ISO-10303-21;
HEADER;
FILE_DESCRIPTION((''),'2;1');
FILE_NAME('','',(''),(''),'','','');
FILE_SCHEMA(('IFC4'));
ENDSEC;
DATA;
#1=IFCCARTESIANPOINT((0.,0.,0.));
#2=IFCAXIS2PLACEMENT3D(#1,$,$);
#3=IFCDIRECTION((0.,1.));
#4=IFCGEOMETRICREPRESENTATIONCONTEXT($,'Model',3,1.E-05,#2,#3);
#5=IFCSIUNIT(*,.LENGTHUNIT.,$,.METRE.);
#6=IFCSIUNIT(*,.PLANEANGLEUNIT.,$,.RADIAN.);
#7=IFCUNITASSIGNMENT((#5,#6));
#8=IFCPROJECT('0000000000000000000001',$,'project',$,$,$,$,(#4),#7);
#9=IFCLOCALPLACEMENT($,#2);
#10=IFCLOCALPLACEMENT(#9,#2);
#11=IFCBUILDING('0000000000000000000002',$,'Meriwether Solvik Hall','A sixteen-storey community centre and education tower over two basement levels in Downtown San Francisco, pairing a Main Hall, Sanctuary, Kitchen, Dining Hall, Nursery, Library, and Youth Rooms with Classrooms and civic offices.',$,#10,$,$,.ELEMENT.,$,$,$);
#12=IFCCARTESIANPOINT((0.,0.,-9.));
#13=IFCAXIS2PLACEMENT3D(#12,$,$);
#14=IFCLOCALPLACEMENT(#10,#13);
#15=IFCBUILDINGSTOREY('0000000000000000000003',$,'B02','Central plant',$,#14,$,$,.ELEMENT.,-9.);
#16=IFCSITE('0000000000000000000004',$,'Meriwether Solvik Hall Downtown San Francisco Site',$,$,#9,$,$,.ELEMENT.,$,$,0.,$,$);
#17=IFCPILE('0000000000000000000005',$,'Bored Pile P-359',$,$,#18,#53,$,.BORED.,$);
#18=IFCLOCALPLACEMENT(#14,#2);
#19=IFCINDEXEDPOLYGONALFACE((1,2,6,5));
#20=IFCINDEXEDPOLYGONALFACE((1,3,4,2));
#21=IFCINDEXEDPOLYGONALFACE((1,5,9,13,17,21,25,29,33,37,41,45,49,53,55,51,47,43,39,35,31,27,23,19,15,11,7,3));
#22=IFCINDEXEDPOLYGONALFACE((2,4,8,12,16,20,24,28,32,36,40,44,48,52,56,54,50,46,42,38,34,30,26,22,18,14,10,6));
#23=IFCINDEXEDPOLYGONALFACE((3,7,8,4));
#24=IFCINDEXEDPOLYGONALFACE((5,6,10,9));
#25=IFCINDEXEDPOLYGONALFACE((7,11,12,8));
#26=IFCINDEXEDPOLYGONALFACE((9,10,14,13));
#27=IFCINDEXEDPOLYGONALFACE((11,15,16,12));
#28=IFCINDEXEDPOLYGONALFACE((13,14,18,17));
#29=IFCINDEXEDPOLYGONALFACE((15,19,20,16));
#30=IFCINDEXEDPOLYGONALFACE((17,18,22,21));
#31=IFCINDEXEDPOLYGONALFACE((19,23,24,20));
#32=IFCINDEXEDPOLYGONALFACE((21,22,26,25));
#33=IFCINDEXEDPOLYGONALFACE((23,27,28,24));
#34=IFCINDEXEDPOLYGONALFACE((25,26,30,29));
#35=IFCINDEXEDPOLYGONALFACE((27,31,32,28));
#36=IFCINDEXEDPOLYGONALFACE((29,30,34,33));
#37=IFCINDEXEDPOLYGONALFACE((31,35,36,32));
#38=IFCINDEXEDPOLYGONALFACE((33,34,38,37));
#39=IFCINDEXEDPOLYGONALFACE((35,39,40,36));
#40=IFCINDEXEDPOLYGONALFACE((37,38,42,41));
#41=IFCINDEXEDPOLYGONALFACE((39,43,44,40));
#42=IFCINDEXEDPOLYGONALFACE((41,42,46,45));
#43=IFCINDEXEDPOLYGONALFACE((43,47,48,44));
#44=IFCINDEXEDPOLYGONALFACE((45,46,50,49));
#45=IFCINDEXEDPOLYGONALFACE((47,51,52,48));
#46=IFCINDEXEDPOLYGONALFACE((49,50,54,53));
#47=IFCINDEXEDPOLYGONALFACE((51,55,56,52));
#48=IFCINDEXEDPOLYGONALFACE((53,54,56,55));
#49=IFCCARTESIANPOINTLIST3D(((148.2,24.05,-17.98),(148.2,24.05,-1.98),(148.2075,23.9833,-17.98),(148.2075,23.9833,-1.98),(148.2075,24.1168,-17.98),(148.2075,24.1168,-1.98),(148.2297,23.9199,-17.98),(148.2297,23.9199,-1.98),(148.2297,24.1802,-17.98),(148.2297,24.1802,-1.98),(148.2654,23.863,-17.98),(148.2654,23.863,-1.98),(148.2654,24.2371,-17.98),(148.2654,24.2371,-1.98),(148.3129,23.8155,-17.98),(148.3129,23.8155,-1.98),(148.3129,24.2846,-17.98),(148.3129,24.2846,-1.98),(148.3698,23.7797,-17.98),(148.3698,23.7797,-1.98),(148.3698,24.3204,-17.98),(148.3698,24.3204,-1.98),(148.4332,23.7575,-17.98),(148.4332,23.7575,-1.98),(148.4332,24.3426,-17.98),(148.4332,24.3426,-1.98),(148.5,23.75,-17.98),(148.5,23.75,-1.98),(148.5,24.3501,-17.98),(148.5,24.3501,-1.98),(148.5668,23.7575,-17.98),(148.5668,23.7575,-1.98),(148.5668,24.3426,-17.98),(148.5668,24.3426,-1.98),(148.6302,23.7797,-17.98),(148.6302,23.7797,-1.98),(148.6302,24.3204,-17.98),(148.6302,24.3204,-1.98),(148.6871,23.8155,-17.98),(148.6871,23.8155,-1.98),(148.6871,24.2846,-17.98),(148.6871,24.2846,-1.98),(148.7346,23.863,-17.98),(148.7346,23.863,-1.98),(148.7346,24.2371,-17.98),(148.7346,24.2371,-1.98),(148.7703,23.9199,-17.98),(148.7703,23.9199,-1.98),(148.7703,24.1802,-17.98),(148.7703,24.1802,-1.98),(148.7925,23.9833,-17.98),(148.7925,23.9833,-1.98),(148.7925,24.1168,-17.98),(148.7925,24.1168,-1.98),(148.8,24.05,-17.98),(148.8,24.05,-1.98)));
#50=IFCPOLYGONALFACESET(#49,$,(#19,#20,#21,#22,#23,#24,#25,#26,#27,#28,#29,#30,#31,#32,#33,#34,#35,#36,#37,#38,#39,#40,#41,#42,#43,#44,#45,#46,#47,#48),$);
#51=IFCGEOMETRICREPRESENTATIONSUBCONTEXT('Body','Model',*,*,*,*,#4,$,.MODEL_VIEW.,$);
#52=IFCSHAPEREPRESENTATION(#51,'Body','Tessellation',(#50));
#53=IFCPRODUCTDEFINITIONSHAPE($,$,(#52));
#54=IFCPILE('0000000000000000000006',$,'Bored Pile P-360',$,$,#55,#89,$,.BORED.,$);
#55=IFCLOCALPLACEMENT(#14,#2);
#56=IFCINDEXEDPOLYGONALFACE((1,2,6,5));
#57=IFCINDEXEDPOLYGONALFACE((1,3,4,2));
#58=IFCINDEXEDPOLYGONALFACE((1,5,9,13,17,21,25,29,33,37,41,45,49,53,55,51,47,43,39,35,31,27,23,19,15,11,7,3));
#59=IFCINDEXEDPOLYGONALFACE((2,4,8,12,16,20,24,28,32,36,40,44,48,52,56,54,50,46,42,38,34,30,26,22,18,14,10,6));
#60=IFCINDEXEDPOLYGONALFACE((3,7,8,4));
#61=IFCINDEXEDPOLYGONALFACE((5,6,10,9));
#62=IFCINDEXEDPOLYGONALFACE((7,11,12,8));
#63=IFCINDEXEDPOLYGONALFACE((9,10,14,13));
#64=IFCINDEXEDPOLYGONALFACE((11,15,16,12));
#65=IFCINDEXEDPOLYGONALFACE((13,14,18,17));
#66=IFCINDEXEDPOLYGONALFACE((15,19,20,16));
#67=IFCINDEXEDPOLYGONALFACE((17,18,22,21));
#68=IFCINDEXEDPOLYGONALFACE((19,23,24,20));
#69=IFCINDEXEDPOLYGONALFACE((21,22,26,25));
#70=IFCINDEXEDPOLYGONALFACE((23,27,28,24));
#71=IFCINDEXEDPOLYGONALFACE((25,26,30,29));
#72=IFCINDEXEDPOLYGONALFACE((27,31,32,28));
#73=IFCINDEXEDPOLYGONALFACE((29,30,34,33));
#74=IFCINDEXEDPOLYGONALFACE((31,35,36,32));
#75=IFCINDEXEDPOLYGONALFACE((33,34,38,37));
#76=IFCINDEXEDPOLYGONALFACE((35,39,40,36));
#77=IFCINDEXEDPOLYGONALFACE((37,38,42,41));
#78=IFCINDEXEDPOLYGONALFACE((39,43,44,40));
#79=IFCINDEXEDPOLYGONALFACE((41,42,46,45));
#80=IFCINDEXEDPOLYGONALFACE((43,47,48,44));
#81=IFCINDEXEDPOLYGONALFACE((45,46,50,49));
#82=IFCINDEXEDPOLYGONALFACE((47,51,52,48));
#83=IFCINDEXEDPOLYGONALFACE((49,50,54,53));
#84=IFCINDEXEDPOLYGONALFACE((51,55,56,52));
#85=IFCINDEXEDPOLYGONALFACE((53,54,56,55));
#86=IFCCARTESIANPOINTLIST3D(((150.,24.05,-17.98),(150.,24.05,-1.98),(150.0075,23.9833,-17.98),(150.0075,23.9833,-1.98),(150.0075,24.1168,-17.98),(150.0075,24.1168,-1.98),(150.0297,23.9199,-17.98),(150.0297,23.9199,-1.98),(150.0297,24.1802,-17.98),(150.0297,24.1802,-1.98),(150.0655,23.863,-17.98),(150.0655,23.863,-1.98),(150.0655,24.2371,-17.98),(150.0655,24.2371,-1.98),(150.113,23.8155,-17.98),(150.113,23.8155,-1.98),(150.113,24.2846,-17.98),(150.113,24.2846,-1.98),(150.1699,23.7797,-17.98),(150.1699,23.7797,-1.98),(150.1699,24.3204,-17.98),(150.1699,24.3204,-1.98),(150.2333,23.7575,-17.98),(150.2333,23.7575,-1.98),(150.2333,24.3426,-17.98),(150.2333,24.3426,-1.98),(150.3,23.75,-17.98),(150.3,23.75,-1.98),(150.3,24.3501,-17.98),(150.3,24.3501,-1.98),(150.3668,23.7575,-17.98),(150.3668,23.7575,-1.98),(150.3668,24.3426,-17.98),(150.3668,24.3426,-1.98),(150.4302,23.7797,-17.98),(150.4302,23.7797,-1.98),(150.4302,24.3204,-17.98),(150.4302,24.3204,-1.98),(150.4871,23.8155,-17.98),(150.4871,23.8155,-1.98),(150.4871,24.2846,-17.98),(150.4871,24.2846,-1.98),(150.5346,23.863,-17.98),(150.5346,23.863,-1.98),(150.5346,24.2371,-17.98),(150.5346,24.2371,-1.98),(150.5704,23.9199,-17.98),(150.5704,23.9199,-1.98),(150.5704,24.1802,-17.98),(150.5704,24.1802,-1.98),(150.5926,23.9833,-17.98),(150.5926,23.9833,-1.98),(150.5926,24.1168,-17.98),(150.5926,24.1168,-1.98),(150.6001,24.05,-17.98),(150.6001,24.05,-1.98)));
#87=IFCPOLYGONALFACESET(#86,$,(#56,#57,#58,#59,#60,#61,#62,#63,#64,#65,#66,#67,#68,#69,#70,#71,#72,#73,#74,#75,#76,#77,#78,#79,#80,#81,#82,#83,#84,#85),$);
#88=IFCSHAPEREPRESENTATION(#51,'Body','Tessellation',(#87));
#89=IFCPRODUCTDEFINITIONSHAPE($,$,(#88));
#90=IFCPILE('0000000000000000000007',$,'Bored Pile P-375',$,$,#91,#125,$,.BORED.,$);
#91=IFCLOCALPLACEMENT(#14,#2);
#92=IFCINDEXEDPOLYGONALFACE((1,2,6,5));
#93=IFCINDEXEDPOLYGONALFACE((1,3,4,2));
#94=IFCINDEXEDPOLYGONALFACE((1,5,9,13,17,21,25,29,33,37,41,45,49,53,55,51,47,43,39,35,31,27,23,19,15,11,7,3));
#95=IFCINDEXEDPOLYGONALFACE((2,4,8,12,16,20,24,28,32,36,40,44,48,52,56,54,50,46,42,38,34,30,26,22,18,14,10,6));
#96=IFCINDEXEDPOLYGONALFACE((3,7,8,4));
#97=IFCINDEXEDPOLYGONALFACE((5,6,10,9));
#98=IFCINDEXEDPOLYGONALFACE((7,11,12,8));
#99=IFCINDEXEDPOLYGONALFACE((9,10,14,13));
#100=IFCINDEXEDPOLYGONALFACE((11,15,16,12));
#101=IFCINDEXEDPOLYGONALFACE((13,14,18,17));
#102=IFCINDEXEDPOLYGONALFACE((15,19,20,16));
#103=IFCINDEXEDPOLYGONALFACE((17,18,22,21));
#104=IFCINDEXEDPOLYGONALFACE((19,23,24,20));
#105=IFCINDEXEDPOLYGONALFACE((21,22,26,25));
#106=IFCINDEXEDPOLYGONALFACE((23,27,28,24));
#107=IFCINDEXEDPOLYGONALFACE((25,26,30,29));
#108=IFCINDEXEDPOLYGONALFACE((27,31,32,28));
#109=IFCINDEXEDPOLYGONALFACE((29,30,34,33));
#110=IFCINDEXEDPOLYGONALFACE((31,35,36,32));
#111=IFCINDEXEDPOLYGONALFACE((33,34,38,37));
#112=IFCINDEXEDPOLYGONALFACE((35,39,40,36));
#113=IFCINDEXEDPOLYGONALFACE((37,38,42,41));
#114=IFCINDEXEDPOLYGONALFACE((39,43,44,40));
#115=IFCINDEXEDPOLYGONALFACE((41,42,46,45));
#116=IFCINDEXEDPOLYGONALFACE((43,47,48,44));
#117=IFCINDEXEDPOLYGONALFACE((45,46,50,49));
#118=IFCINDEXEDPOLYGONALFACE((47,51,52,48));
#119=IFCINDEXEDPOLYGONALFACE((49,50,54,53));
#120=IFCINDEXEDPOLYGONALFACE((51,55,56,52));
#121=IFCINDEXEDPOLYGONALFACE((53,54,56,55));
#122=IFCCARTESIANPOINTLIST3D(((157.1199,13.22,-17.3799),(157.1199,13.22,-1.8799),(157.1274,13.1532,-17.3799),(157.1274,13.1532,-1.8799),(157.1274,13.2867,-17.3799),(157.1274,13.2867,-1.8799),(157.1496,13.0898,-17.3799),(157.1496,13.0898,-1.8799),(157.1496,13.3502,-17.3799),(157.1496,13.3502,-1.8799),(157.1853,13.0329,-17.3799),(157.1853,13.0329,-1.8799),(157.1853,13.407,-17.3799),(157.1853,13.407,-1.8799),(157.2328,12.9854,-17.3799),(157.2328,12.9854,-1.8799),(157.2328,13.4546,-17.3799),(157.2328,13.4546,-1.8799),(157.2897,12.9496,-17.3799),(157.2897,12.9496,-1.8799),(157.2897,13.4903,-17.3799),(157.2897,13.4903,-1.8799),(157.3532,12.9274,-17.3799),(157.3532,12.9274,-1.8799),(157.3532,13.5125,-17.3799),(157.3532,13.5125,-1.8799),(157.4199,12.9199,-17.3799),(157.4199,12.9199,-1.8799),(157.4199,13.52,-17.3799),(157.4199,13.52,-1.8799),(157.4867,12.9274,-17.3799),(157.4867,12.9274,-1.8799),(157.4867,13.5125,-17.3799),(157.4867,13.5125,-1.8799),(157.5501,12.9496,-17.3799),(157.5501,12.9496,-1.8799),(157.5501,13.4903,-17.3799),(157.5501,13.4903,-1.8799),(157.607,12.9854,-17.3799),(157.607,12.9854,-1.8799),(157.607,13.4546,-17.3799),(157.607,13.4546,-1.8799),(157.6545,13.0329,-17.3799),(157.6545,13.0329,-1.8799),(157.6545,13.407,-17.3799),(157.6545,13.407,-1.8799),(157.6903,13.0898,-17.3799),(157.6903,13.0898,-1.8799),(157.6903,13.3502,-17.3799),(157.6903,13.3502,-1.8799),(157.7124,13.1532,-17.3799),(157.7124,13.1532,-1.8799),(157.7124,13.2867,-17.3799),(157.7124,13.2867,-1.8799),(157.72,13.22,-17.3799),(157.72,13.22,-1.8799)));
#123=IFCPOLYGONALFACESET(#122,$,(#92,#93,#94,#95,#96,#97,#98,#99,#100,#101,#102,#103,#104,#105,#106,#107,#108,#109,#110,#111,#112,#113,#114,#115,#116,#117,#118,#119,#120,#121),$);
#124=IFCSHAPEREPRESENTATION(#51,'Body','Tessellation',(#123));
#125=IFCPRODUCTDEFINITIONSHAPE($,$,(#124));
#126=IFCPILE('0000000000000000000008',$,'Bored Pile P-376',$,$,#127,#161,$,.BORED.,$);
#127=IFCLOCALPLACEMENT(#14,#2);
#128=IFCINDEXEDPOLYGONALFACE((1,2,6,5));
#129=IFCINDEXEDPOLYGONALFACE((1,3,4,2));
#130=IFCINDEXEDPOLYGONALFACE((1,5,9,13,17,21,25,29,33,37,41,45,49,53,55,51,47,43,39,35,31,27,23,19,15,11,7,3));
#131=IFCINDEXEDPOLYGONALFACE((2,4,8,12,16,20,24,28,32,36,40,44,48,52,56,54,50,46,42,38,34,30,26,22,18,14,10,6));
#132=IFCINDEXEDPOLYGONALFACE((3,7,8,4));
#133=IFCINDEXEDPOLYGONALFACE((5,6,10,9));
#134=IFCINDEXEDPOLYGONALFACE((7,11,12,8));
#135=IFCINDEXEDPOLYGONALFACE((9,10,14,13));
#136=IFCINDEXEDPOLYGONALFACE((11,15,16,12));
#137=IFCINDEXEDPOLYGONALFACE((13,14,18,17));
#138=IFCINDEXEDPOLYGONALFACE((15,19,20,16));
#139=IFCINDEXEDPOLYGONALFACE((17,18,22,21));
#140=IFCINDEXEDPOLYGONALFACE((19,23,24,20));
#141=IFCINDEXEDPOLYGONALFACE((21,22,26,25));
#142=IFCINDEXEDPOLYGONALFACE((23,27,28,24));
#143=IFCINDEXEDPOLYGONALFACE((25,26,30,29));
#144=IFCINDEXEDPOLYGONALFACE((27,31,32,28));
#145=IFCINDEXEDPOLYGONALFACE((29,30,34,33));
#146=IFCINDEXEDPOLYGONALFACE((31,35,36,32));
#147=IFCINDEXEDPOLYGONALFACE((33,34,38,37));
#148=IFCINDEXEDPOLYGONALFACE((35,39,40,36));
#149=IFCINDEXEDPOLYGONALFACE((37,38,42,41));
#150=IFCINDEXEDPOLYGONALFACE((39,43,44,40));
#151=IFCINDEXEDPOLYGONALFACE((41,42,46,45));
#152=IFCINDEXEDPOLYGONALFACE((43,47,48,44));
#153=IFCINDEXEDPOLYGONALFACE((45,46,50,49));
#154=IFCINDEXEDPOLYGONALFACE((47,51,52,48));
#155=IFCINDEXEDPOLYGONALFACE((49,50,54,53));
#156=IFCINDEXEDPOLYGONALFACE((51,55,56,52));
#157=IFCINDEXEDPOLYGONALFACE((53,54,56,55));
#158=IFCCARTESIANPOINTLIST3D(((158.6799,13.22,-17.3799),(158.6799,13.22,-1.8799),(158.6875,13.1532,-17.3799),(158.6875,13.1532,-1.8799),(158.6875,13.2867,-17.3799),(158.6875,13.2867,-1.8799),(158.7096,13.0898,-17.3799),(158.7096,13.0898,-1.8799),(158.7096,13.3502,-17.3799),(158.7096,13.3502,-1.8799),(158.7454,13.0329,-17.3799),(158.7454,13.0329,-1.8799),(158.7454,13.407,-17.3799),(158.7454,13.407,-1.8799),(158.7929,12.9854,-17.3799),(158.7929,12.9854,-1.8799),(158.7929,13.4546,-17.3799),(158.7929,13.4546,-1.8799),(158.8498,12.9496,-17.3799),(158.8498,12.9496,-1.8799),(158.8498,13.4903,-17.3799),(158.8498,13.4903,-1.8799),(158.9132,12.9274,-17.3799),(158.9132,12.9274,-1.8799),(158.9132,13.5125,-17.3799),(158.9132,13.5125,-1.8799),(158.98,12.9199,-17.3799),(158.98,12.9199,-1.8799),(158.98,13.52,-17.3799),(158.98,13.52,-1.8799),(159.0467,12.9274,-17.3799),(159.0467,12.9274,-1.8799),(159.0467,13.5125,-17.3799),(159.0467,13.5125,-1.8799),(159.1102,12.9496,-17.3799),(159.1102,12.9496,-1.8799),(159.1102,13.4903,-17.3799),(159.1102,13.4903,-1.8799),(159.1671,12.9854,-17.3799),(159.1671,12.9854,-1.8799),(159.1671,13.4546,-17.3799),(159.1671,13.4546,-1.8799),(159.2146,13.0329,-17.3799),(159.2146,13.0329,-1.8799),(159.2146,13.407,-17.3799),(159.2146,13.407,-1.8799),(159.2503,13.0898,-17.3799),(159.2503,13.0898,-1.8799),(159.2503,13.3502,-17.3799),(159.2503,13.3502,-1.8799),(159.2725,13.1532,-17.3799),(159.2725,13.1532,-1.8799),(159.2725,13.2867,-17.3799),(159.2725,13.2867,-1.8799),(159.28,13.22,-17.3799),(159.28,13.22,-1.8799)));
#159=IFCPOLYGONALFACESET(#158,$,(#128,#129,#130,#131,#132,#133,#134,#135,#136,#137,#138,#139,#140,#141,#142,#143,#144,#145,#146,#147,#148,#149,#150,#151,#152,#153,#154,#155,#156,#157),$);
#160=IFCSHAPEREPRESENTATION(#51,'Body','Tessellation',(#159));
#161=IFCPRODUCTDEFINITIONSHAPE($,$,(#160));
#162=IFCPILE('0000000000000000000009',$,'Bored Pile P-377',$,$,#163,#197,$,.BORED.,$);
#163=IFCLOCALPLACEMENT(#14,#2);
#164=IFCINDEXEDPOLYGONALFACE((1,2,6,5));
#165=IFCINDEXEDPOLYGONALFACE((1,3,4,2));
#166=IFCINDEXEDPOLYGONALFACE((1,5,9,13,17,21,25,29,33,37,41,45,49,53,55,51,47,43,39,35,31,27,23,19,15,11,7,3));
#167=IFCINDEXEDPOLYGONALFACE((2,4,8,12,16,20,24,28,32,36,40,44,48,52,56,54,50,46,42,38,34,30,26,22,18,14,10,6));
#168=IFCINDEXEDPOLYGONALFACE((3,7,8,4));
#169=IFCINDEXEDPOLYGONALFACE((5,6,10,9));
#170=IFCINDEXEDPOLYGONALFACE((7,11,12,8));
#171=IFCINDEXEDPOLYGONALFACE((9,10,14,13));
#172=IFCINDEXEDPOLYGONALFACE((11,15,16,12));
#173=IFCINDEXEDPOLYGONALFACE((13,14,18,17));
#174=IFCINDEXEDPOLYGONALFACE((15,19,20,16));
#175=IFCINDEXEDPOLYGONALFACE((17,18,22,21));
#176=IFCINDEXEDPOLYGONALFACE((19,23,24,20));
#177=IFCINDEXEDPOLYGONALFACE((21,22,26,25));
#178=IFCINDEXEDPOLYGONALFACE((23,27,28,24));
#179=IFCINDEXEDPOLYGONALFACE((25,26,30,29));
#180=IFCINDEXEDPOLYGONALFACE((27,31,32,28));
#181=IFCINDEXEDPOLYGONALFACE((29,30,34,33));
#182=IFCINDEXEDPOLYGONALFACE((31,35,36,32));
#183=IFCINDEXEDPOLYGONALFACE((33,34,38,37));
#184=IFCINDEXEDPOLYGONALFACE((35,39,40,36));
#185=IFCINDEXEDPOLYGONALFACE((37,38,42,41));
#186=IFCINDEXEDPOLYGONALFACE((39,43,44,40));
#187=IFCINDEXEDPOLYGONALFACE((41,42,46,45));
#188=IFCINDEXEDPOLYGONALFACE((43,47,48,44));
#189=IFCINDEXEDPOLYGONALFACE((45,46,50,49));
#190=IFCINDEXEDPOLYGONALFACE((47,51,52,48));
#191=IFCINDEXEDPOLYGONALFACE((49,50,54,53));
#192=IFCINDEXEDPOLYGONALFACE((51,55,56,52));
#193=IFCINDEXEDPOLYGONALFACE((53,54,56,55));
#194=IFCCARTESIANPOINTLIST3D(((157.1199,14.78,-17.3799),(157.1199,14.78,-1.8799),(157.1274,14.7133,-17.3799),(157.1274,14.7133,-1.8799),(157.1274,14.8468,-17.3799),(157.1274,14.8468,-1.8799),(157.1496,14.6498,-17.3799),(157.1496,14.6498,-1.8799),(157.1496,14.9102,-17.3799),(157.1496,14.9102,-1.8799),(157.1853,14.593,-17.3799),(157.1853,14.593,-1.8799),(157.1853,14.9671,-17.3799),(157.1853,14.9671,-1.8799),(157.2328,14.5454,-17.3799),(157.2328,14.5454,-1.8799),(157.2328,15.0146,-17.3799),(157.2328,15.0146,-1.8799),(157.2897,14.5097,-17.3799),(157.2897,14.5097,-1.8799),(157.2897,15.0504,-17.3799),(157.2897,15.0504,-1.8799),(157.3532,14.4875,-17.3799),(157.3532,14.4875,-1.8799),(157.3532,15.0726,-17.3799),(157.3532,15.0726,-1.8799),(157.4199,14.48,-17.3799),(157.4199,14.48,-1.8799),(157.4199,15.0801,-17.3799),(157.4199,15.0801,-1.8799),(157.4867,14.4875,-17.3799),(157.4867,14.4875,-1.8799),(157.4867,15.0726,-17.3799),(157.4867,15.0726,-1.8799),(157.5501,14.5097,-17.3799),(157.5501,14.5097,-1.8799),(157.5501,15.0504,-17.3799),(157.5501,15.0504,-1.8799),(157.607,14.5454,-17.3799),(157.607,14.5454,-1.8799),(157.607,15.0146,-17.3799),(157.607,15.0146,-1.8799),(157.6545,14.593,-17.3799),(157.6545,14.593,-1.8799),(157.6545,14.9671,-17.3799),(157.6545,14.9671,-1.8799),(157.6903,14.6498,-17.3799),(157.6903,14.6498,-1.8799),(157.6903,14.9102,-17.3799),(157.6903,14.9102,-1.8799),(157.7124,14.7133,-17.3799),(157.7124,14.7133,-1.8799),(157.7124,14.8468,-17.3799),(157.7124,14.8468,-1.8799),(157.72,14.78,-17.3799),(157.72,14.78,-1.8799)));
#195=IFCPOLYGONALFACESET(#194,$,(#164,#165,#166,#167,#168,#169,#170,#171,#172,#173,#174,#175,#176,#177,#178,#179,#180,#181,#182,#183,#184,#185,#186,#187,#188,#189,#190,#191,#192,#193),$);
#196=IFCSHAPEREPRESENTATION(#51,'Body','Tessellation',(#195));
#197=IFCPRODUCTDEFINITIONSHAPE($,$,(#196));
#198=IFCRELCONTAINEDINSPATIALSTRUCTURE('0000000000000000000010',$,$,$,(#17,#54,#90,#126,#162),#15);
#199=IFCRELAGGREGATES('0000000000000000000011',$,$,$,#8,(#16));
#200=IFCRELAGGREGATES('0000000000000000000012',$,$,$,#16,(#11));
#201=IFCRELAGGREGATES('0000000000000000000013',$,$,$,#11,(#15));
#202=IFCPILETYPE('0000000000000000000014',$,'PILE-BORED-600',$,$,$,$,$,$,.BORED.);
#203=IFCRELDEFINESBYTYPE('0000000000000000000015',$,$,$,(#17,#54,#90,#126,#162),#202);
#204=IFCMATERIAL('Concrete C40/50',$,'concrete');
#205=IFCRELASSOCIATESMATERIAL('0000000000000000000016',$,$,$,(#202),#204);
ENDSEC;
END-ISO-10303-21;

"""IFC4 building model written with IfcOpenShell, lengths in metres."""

from ifc_helpers import new_model, si_unit, direction, frame, origin, origin_2d, place, context, subcontext, project, spatial, circle, extrude, material, material_profile, profile_set, type_object, element, save


model = new_model("IFC4")

# Units and contexts
model_context = context("Model", 3, precision=1e-05, world=origin(), true_north=direction((0.0, 1.0)))
body_context = subcontext(model_context, "Body", "Model", "MODEL_VIEW")
ifc_project = project(units=[si_unit("LENGTHUNIT", "METRE"), si_unit("PLANEANGLEUNIT", "RADIAN")], contexts=[model_context])

# Site, building, storey
site_placement = place(None, origin())
site = spatial("IfcSite", under=ifc_project, at=site_placement, Name="Meriwether Solvik Hall Downtown San Francisco Site", CompositionType="ELEMENT", RefElevation=0.0)
building_placement = place(site_placement, origin())
building = spatial("IfcBuilding", under=site, at=building_placement, Name="Meriwether Solvik Hall", Description="A sixteen-storey community centre and education tower over two basement levels in Downtown San Francisco, pairing a Main Hall, Sanctuary, Kitchen, Dining Hall, Nursery, Library, and Youth Rooms with Classrooms and civic offices.", CompositionType="ELEMENT")
storey_placement = place(building_placement, frame((0.0, 0.0, -9.0)))
storey = spatial("IfcBuildingStorey", under=building, at=storey_placement, Name="B02", Description="Central plant", CompositionType="ELEMENT", Elevation=-9.0)

# Piles
ifc_material_1 = material(Name="Concrete C40/50", Category="concrete")
ifc_material_profile_1 = material_profile(ifc_material_1, circle(Radius=0.3, at=origin_2d()), Name="PILE-D600")
ifc_profile_set_1 = profile_set([ifc_material_profile_1], Name="Concrete C40/50")
pile_type_1 = type_object("IfcPileType", Name="PILE-BORED-600", PredefinedType="BORED", material=ifc_profile_set_1)
for number, where, z_axis, x_axis, name in (
    (1, (148.5, 24.05, -1.98), (0.0, 0.0, -1.0), (1.0, 0.0, 0.0), "Bored Pile P-359"),
    (2, (150.3, 24.05, -1.98), (0.0, 0.0, -1.0), (1.0, 0.0, 0.0), "Bored Pile P-360"),
):
    element("IfcPile", number, at=place(storey_placement, frame(where, z_axis=z_axis, x_axis=x_axis)), inside=storey, type_object=pile_type_1, Name=name, PredefinedType="BORED", context=body_context, shape_type="SweptSolid", body=[
        extrude(circle(Radius=0.3, at=origin_2d()), origin(), (0.0, 0.0, 1.0), 16.0),
    ])
for number, where, z_axis, x_axis, name in (
    (3, (157.4199, 13.22, -1.8799), (0.0, 0.0, -1.0), (1.0, 0.0, 0.0), "Bored Pile P-375"),
    (4, (158.98, 13.22, -1.8799), (0.0, 0.0, -1.0), (1.0, 0.0, 0.0), "Bored Pile P-376"),
    (5, (157.4199, 14.78, -1.8799), (0.0, 0.0, -1.0), (1.0, 0.0, 0.0), "Bored Pile P-377"),
):
    element("IfcPile", number, at=place(storey_placement, frame(where, z_axis=z_axis, x_axis=x_axis)), inside=storey, type_object=pile_type_1, Name=name, PredefinedType="BORED", context=body_context, shape_type="SweptSolid", body=[
        extrude(circle(Radius=0.3, at=origin_2d()), origin(), (0.0, 0.0, 1.0), 15.5),
    ])

save(model, "model.ifc")
